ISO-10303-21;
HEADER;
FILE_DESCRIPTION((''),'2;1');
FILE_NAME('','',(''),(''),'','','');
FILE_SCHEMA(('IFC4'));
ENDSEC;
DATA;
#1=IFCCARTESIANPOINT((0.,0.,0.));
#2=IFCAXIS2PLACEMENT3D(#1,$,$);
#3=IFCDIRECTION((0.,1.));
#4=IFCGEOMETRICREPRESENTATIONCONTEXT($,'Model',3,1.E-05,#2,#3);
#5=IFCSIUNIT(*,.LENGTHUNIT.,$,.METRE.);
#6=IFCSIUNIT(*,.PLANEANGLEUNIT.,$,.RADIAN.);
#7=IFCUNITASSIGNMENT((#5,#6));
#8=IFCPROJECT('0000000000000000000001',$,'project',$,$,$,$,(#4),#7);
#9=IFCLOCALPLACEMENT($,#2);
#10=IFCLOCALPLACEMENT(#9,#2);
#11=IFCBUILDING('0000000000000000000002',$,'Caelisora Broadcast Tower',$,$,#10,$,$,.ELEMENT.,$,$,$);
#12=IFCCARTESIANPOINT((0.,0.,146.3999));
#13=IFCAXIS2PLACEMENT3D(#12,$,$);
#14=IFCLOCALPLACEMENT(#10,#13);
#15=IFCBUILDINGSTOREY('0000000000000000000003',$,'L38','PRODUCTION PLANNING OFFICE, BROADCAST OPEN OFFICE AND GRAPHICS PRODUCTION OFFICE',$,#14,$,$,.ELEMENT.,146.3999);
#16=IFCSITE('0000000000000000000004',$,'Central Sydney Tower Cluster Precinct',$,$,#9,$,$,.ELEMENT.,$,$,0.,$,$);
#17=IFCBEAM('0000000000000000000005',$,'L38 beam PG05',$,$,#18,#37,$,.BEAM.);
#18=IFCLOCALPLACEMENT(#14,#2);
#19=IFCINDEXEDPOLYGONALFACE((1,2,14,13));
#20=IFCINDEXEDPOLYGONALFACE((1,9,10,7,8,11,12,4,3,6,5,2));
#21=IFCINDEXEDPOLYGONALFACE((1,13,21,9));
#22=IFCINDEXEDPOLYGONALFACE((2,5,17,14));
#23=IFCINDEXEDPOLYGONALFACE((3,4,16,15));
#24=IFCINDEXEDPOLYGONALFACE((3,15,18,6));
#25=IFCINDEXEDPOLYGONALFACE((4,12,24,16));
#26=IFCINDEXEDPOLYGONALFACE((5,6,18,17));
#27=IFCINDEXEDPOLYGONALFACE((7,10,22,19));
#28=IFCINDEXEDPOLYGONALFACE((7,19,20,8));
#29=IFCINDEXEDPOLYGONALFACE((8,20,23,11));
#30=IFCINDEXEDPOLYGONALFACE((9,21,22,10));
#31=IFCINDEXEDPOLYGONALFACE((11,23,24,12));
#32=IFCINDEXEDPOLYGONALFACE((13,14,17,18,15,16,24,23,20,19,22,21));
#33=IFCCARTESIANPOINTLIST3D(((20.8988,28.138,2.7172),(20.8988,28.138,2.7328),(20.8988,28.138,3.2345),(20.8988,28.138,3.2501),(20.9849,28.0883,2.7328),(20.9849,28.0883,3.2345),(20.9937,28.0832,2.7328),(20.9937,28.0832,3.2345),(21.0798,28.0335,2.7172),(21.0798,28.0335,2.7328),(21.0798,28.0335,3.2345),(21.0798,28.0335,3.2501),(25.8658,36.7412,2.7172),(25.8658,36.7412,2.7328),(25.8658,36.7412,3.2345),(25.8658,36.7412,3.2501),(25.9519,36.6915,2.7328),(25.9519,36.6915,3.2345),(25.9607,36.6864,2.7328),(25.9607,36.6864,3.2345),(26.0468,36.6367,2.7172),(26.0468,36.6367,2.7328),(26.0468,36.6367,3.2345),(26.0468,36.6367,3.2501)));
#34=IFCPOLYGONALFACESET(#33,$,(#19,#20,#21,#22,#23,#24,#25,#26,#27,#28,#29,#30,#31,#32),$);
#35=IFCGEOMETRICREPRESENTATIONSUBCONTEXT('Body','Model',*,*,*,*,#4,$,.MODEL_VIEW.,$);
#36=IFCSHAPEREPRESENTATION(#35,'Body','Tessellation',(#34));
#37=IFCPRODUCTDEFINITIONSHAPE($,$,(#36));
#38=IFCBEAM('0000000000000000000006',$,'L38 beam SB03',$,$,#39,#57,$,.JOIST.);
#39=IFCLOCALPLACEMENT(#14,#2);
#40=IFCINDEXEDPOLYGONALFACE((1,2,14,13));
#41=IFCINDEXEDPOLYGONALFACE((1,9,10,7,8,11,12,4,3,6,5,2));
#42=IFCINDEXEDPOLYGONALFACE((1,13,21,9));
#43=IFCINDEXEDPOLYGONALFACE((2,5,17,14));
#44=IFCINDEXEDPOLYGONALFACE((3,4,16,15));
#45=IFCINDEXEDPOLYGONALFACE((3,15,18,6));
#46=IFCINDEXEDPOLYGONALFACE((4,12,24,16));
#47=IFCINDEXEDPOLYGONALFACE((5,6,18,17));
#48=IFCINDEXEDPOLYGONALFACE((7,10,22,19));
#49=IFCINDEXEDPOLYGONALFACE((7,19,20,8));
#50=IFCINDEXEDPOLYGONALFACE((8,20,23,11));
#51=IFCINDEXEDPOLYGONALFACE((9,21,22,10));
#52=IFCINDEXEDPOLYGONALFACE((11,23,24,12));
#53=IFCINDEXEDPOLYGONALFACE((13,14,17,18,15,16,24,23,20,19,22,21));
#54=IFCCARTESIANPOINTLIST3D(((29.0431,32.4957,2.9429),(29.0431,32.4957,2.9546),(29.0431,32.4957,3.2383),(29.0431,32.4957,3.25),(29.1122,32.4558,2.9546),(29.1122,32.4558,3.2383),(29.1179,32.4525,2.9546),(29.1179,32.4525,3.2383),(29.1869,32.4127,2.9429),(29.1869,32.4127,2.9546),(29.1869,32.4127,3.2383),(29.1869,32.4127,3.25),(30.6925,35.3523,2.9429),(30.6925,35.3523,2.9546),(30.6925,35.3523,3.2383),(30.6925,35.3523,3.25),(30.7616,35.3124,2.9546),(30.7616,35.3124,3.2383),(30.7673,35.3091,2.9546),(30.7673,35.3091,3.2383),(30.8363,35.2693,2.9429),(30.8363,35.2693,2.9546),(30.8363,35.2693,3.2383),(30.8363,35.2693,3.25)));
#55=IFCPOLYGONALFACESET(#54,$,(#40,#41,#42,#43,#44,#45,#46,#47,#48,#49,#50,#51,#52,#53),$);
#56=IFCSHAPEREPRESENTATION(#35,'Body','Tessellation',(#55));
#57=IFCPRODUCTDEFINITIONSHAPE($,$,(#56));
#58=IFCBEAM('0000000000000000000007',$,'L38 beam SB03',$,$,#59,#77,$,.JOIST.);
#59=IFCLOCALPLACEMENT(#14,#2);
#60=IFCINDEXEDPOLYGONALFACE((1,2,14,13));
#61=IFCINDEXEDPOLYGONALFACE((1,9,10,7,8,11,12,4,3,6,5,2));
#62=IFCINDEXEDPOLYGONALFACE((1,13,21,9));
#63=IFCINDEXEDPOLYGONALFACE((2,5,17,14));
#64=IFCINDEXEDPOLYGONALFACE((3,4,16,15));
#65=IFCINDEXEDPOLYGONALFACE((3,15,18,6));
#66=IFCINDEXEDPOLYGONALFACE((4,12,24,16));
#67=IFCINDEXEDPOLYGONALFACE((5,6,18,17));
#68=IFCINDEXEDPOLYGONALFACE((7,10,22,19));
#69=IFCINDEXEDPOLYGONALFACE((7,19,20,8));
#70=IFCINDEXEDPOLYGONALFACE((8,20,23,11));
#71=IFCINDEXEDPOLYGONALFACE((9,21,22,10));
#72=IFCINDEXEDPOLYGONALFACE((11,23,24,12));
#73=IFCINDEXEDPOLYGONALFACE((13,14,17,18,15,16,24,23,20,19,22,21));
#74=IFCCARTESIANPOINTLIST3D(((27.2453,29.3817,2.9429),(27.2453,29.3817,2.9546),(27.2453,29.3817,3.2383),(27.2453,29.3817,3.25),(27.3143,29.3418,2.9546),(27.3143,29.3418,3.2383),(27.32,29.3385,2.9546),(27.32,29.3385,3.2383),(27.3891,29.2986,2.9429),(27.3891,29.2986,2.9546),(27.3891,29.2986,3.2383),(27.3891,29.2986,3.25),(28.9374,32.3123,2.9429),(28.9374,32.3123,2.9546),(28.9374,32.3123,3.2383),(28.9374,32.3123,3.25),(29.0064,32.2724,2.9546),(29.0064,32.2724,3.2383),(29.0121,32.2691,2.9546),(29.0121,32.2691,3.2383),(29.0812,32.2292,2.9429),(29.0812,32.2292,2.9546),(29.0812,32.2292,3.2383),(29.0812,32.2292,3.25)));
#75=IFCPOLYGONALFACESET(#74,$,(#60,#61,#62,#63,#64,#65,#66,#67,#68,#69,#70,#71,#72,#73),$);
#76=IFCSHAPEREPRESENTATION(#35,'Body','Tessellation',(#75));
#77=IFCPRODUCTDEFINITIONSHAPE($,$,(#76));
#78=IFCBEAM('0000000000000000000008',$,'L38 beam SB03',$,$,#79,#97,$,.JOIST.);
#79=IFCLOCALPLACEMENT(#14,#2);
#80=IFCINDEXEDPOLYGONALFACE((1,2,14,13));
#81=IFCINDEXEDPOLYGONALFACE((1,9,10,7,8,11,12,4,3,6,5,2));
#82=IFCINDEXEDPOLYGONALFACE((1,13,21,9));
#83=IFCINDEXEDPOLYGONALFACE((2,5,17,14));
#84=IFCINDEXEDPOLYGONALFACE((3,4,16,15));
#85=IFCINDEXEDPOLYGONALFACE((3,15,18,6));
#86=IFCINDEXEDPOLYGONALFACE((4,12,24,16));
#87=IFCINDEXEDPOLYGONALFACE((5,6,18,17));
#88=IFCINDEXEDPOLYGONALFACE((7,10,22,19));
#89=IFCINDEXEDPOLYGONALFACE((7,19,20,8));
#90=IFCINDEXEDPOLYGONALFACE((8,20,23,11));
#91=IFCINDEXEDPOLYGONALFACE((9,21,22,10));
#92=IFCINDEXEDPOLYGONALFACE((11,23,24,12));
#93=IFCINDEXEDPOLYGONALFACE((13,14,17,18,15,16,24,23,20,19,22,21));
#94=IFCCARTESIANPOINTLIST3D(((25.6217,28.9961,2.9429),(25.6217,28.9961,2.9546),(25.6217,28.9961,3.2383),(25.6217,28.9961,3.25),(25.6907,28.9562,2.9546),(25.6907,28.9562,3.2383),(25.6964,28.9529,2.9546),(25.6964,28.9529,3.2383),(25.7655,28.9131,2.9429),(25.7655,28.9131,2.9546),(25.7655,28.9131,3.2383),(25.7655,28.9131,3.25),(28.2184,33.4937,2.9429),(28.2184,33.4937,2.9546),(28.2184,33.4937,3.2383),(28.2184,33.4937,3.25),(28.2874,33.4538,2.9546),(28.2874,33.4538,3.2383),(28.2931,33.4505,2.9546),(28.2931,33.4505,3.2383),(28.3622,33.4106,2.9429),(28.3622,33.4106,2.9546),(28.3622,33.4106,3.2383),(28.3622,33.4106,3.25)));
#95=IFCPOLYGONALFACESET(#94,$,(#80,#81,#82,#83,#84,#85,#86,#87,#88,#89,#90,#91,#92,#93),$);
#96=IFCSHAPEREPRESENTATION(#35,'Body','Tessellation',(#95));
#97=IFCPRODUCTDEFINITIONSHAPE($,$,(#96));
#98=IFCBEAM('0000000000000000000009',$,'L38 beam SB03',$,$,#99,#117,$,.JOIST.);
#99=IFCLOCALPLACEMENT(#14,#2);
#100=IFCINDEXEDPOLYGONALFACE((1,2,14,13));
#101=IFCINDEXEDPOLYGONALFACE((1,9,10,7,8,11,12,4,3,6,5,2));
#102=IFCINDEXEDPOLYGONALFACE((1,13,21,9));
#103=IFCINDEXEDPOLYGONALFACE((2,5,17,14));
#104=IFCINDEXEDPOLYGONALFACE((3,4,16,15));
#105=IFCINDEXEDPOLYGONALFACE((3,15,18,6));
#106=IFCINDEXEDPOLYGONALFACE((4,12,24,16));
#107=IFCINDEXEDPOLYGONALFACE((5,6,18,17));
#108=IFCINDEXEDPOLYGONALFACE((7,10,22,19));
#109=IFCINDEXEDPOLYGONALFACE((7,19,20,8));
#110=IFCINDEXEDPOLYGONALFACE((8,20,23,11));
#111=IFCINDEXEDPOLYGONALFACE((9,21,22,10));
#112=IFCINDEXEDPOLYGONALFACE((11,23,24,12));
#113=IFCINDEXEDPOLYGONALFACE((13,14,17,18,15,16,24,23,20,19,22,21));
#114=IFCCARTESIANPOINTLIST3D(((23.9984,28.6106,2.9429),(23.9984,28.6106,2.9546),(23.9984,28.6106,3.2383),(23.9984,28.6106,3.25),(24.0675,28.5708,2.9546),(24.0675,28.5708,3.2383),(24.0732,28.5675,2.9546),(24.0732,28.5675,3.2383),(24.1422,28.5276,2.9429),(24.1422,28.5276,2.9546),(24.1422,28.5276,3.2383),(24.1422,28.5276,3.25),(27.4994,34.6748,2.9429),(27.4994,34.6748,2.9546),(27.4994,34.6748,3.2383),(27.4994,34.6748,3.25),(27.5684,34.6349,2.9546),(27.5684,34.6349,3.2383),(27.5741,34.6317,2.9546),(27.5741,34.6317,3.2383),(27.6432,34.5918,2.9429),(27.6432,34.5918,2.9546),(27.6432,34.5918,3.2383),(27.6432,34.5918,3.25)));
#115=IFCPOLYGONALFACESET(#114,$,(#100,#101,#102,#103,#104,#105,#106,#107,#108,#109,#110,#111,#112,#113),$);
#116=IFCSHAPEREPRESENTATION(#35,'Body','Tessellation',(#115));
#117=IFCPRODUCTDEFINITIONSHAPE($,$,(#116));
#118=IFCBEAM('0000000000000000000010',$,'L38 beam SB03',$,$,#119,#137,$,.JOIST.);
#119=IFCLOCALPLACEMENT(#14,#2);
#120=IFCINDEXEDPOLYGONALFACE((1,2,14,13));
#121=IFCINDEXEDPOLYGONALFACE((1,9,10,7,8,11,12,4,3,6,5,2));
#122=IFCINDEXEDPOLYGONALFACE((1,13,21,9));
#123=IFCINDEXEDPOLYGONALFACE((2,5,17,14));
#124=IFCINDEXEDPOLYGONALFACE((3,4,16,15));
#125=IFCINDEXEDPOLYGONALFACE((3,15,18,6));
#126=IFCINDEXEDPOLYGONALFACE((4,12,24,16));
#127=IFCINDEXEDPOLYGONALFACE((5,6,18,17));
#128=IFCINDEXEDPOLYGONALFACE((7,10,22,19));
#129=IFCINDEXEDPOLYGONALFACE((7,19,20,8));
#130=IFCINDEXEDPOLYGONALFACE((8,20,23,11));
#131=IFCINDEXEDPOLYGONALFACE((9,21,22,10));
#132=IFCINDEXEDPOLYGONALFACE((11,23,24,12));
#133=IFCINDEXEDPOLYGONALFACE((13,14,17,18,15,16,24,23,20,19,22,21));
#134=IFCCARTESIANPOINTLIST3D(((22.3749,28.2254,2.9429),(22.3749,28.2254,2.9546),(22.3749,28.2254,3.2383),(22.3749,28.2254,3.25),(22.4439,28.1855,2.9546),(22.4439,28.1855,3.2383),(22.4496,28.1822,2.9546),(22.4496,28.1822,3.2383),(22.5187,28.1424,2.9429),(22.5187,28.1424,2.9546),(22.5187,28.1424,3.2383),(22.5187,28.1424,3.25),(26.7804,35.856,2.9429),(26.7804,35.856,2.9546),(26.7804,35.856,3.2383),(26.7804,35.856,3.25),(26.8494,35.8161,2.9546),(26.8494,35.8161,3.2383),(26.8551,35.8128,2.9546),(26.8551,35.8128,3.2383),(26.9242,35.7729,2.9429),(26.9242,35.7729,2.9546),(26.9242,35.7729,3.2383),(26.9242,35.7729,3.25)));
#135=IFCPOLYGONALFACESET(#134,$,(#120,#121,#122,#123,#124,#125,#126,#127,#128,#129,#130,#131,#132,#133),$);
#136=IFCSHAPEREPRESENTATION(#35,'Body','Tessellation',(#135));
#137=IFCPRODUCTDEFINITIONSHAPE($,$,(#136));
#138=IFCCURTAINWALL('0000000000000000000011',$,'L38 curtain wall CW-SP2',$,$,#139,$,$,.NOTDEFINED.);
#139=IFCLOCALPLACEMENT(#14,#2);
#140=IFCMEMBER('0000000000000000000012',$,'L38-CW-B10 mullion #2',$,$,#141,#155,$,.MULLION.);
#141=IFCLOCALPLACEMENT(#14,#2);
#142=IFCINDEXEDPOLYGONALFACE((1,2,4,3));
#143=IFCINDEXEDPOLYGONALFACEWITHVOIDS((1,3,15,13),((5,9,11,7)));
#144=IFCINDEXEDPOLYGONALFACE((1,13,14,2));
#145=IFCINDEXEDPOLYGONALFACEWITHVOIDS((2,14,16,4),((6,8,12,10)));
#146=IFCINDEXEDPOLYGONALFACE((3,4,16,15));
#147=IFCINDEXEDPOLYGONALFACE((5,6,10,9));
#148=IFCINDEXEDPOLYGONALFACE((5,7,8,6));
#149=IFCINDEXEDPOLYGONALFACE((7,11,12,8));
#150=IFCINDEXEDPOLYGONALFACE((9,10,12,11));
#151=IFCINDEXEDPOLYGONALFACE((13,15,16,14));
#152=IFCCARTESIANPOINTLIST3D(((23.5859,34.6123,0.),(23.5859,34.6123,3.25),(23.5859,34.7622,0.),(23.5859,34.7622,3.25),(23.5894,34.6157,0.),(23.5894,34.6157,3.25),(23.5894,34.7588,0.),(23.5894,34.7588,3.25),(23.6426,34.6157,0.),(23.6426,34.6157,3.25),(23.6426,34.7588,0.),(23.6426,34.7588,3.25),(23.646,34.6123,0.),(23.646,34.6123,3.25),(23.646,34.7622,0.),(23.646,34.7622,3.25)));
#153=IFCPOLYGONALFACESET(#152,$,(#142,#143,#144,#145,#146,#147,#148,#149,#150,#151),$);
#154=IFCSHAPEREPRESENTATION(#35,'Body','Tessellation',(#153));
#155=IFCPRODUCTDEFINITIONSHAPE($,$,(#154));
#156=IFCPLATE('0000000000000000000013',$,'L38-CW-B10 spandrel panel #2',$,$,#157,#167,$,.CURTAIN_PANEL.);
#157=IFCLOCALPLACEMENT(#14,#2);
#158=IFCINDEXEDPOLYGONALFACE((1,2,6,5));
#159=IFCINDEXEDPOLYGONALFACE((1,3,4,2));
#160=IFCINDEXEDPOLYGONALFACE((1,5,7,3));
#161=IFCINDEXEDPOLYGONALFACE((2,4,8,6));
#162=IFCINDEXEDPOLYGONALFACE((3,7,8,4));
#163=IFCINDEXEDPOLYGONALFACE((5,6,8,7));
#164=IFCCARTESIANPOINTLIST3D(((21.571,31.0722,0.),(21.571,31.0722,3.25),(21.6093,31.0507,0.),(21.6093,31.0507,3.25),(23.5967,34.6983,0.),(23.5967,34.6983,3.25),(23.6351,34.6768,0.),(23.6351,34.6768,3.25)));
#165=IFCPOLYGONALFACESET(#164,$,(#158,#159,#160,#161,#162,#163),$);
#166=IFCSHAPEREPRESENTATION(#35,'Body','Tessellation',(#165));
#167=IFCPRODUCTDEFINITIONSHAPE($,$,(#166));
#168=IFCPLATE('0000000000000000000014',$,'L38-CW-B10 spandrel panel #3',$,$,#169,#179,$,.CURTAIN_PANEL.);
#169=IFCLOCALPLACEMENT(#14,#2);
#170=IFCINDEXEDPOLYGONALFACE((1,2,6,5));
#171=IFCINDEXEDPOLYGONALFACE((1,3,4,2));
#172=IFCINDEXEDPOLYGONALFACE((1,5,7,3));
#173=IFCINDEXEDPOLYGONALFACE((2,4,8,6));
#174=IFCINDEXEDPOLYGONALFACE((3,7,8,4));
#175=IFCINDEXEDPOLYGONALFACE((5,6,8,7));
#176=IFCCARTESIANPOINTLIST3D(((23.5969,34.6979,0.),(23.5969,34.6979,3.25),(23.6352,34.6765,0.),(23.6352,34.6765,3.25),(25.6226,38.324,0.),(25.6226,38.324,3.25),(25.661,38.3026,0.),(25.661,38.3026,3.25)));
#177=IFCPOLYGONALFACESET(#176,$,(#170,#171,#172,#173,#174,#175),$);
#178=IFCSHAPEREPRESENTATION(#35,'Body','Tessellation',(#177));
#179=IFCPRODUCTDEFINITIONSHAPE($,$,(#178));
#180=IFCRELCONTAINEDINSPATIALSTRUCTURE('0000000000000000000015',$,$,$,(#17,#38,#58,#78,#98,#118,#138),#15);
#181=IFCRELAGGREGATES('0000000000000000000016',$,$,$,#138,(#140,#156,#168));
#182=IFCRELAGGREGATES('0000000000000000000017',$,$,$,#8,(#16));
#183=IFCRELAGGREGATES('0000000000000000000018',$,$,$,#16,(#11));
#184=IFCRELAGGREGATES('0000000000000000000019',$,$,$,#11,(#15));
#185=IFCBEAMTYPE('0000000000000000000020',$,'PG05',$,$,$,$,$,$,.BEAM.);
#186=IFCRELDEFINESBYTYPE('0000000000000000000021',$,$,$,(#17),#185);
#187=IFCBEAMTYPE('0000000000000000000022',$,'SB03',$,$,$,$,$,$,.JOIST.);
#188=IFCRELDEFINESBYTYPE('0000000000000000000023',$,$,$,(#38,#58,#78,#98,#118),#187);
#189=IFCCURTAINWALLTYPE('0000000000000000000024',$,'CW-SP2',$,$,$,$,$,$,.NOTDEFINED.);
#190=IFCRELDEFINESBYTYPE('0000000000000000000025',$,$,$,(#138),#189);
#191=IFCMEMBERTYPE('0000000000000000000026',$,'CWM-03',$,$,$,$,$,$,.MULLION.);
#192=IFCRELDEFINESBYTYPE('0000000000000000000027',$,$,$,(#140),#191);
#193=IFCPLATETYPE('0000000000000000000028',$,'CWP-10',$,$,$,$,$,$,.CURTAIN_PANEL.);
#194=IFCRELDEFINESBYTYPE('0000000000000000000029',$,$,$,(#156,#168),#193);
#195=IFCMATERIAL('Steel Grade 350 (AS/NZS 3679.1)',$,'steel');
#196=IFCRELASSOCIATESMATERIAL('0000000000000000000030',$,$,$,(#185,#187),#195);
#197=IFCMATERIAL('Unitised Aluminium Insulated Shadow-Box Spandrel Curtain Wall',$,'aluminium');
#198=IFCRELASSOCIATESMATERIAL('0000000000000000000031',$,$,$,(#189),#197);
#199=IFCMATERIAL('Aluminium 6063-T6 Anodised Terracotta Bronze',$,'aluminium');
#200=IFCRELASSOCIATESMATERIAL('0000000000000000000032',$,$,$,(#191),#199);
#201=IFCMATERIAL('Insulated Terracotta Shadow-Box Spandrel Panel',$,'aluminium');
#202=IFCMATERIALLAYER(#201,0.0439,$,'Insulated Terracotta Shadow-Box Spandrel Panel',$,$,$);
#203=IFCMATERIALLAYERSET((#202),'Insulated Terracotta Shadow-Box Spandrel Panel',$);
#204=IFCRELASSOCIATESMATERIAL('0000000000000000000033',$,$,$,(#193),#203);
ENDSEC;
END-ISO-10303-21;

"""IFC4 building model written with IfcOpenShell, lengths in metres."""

from ifc_helpers import new_model, si_unit, direction, frame, origin, origin_2d, place, context, subcontext, project, spatial, rectangle, hollow_rectangle, i_section, extrude, source, transform, mapped, material, layer, layer_set, material_profile, profile_set, type_object, type_shapes, element, aggregate, save


model = new_model("IFC4")

# Units and contexts
model_context = context("Model", 3, precision=1e-05, world=origin(), true_north=direction((0.0, 1.0)))
body_context = subcontext(model_context, "Body", "Model", "MODEL_VIEW")
ifc_project = project(units=[si_unit("LENGTHUNIT", "METRE"), si_unit("PLANEANGLEUNIT", "RADIAN")], contexts=[model_context])

# Site, building, storey
site_placement = place(None, origin())
site = spatial("IfcSite", under=ifc_project, at=site_placement, Name="Central Sydney Tower Cluster Precinct", CompositionType="ELEMENT", RefElevation=0.0)
building_placement = place(site_placement, origin())
building = spatial("IfcBuilding", under=site, at=building_placement, Name="Caelisora Broadcast Tower", CompositionType="ELEMENT")
storey_placement = place(building_placement, frame((0.0, 0.0, 146.3999)))
storey = spatial("IfcBuildingStorey", under=building, at=storey_placement, Name="L38", Description="PRODUCTION PLANNING OFFICE, BROADCAST OPEN OFFICE AND GRAPHICS PRODUCTION OFFICE", CompositionType="ELEMENT", Elevation=146.3999)

# Beams
ifc_material_1 = material(Name="Steel Grade 350 (AS/NZS 3679.1)", Category="steel")
ifc_material_profile_1 = material_profile(ifc_material_1, i_section(OverallWidth=0.209, OverallDepth=0.533, WebThickness=0.0103, FlangeThickness=0.0156, at=origin_2d()), Name="Steel Grade 350 (AS/NZS 3679.1)")
ifc_profile_set_1 = profile_set([ifc_material_profile_1], Name="Steel Grade 350 (AS/NZS 3679.1)")
beam_type_1 = type_object("IfcBeamType", Name="PG05", PredefinedType="BEAM", material=ifc_profile_set_1)
shared_shape_1 = source(origin(), body_context, "Body", "SweptSolid", [
    extrude(i_section(OverallWidth=0.209, OverallDepth=0.533, WebThickness=0.0103, FlangeThickness=0.0156, at=origin_2d()), origin(), (0.0, 0.0, 1.0), 9.9341),
])
type_shapes(beam_type_1, [shared_shape_1])
beam_1_placement = place(storey_placement, frame((25.9563, 36.689, 2.9836), z_axis=(-0.499995, -0.866028, 0.0), x_axis=(0.866028, -0.499995, 0.0)))
element("IfcBeam", 1, at=beam_1_placement, inside=storey, type_object=beam_type_1, Name="L38 beam PG05", PredefinedType="BEAM", context=body_context, shape_type="MappedRepresentation", body=[
    mapped(shared_shape_1, transform((0.0, 0.0, 0.0), scale=1.0)),
])
ifc_material_profile_2 = material_profile(ifc_material_1, i_section(OverallWidth=0.166, OverallDepth=0.3071, WebThickness=0.0066, FlangeThickness=0.0117, at=origin_2d()), Name="Steel Grade 350 (AS/NZS 3679.1)")
ifc_profile_set_2 = profile_set([ifc_material_profile_2], Name="Steel Grade 350 (AS/NZS 3679.1)")
beam_type_2 = type_object("IfcBeamType", Name="SB03", PredefinedType="JOIST", material=ifc_profile_set_2)
shared_shape_2 = source(origin(), body_context, "Body", "SweptSolid", [
    extrude(i_section(OverallWidth=0.166, OverallDepth=0.3071, WebThickness=0.0066, FlangeThickness=0.0117, at=origin_2d()), origin(), (0.0, 0.0, 1.0), 3.2986),
])
beam_2_placement = place(storey_placement, frame((30.7644, 35.3108, 3.0964), z_axis=(-0.500024, -0.866012, 0.0), x_axis=(0.866012, -0.500024, 0.0)))
element("IfcBeam", 2, at=beam_2_placement, inside=storey, type_object=beam_type_2, Name="L38 beam SB03", PredefinedType="JOIST", context=body_context, shape_type="MappedRepresentation", body=[
    mapped(shared_shape_2, transform((0.0, 0.0, 0.0), scale=1.0)),
])
shared_shape_3 = source(origin(), body_context, "Body", "SweptSolid", [
    extrude(i_section(OverallWidth=0.166, OverallDepth=0.3071, WebThickness=0.0066, FlangeThickness=0.0117, at=origin_2d()), origin(), (0.0, 0.0, 1.0), 3.384),
])
beam_3_placement = place(storey_placement, frame((29.0093, 32.2708, 3.0964), z_axis=(-0.500026, -0.86601, 0.0), x_axis=(0.86601, -0.500026, 0.0)))
element("IfcBeam", 3, at=beam_3_placement, inside=storey, type_object=beam_type_2, Name="L38 beam SB03", PredefinedType="JOIST", context=body_context, shape_type="MappedRepresentation", body=[
    mapped(shared_shape_3, transform((0.0, 0.0, 0.0), scale=1.0)),
])
shared_shape_4 = source(origin(), body_context, "Body", "SweptSolid", [
    extrude(i_section(OverallWidth=0.166, OverallDepth=0.3071, WebThickness=0.0066, FlangeThickness=0.0117, at=origin_2d()), origin(), (0.0, 0.0, 1.0), 5.1934),
])
beam_4_placement = place(storey_placement, frame((28.2903, 33.4521, 3.0964), z_axis=(-0.500002, -0.866024, 0.0), x_axis=(0.866024, -0.500002, 0.0)))
element("IfcBeam", 4, at=beam_4_placement, inside=storey, type_object=beam_type_2, Name="L38 beam SB03", PredefinedType="JOIST", context=body_context, shape_type="MappedRepresentation", body=[
    mapped(shared_shape_4, transform((0.0, 0.0, 0.0), scale=1.0)),
])
shared_shape_5 = source(origin(), body_context, "Body", "SweptSolid", [
    extrude(i_section(OverallWidth=0.166, OverallDepth=0.3071, WebThickness=0.0066, FlangeThickness=0.0117, at=origin_2d()), origin(), (0.0, 0.0, 1.0), 7.0022),
])
beam_5_placement = place(storey_placement, frame((27.5713, 34.6333, 3.0964), z_axis=(-0.499979, -0.866038, 0.0), x_axis=(0.866038, -0.499979, 0.0)))
element("IfcBeam", 5, at=beam_5_placement, inside=storey, type_object=beam_type_2, Name="L38 beam SB03", PredefinedType="JOIST", context=body_context, shape_type="MappedRepresentation", body=[
    mapped(shared_shape_5, transform((0.0, 0.0, 0.0), scale=1.0)),
])
shared_shape_6 = source(origin(), body_context, "Body", "SweptSolid", [
    extrude(i_section(OverallWidth=0.166, OverallDepth=0.3071, WebThickness=0.0066, FlangeThickness=0.0117, at=origin_2d()), origin(), (0.0, 0.0, 1.0), 8.811),
])
type_shapes(beam_type_2, [shared_shape_2, shared_shape_3, shared_shape_4, shared_shape_5, shared_shape_6])
beam_6_placement = place(storey_placement, frame((26.8523, 35.8145, 3.0964), z_axis=(-0.499998, -0.866026, 0.0), x_axis=(0.866026, -0.499998, 0.0)))
element("IfcBeam", 6, at=beam_6_placement, inside=storey, type_object=beam_type_2, Name="L38 beam SB03", PredefinedType="JOIST", context=body_context, shape_type="MappedRepresentation", body=[
    mapped(shared_shape_6, transform((0.0, 0.0, 0.0), scale=1.0)),
])

# Curtain wall, member, plates
ifc_material_2 = material(Name="Unitised Aluminium Insulated Shadow-Box Spandrel Curtain Wall", Category="aluminium")
curtain_wall_type = type_object("IfcCurtainWallType", Name="CW-SP2", PredefinedType="NOTDEFINED", material=ifc_material_2)
curtain_wall_placement = place(storey_placement, origin())
curtain_wall = element("IfcCurtainWall", 7, at=curtain_wall_placement, inside=storey, type_object=curtain_wall_type, Name="L38 curtain wall CW-SP2", PredefinedType="NOTDEFINED")
ifc_material_3 = material(Name="Aluminium 6063-T6 Anodised Terracotta Bronze", Category="aluminium")
ifc_material_profile_3 = material_profile(ifc_material_3, hollow_rectangle(XDim=0.0601, YDim=0.1499, WallThickness=0.0034, at=origin_2d()), Name="Aluminium 6063-T6 Anodised Terracotta Bronze")
ifc_profile_set_3 = profile_set([ifc_material_profile_3], Name="Aluminium 6063-T6 Anodised Terracotta Bronze")
member_type = type_object("IfcMemberType", Name="CWM-03", PredefinedType="MULLION", material=ifc_profile_set_3)
shared_shape_7 = source(origin(), body_context, "Body", "SweptSolid", [
    extrude(hollow_rectangle(XDim=0.0601, YDim=0.1499, WallThickness=0.0034, at=origin_2d()), origin(), (0.0, 0.0, 1.0), 3.25),
])
type_shapes(member_type, [shared_shape_7])
member_placement = place(storey_placement, frame((23.616, 34.6873, 0.0), z_axis=(0.0, 0.0, 1.0), x_axis=(1.0, 0.0, 0.0)))
member = element("IfcMember", 8, at=member_placement, type_object=member_type, Name="L38-CW-B10 mullion #2", PredefinedType="MULLION", context=body_context, shape_type="MappedRepresentation", body=[
    mapped(shared_shape_7, transform((0.0, 0.0, 0.0), scale=1.0)),
])
ifc_material_4 = material(Name="Insulated Terracotta Shadow-Box Spandrel Panel", Category="aluminium")
ifc_layer_1 = layer(ifc_material_4, 0.0439, Name="Insulated Terracotta Shadow-Box Spandrel Panel")
ifc_layer_set_1 = layer_set([ifc_layer_1], Name="Insulated Terracotta Shadow-Box Spandrel Panel")
plate_type = type_object("IfcPlateType", Name="CWP-10", PredefinedType="CURTAIN_PANEL", material=ifc_layer_set_1)
shared_shape_8 = source(origin(), body_context, "Body", "SweptSolid", [
    extrude(rectangle(XDim=4.1536, YDim=0.0439, at=origin_2d()), origin(), (0.0, 0.0, 1.0), 3.25),
])
type_shapes(plate_type, [shared_shape_8])
plate_1_placement = place(storey_placement, frame((22.603, 32.8745, 0.0), z_axis=(0.0, 0.0, 1.0), x_axis=(0.487707, 0.873007, 0.0)))
plate_1 = element("IfcPlate", 9, at=plate_1_placement, type_object=plate_type, Name="L38-CW-B10 spandrel panel #2", PredefinedType="CURTAIN_PANEL", context=body_context, shape_type="MappedRepresentation", body=[
    mapped(shared_shape_8, transform((0.0, 0.0, 0.0), scale=1.0)),
])
plate_2_placement = place(storey_placement, frame((24.6289, 36.5002, 0.0), z_axis=(0.0, 0.0, 1.0), x_axis=(0.487707, 0.873007, 0.0)))
plate_2 = element("IfcPlate", 10, at=plate_2_placement, type_object=plate_type, Name="L38-CW-B10 spandrel panel #3", PredefinedType="CURTAIN_PANEL", context=body_context, shape_type="MappedRepresentation", body=[
    mapped(shared_shape_8, transform((0.0, 0.0, 0.0), scale=1.0)),
])
aggregate(curtain_wall, [member, plate_1, plate_2])

save(model, "model.ifc")
